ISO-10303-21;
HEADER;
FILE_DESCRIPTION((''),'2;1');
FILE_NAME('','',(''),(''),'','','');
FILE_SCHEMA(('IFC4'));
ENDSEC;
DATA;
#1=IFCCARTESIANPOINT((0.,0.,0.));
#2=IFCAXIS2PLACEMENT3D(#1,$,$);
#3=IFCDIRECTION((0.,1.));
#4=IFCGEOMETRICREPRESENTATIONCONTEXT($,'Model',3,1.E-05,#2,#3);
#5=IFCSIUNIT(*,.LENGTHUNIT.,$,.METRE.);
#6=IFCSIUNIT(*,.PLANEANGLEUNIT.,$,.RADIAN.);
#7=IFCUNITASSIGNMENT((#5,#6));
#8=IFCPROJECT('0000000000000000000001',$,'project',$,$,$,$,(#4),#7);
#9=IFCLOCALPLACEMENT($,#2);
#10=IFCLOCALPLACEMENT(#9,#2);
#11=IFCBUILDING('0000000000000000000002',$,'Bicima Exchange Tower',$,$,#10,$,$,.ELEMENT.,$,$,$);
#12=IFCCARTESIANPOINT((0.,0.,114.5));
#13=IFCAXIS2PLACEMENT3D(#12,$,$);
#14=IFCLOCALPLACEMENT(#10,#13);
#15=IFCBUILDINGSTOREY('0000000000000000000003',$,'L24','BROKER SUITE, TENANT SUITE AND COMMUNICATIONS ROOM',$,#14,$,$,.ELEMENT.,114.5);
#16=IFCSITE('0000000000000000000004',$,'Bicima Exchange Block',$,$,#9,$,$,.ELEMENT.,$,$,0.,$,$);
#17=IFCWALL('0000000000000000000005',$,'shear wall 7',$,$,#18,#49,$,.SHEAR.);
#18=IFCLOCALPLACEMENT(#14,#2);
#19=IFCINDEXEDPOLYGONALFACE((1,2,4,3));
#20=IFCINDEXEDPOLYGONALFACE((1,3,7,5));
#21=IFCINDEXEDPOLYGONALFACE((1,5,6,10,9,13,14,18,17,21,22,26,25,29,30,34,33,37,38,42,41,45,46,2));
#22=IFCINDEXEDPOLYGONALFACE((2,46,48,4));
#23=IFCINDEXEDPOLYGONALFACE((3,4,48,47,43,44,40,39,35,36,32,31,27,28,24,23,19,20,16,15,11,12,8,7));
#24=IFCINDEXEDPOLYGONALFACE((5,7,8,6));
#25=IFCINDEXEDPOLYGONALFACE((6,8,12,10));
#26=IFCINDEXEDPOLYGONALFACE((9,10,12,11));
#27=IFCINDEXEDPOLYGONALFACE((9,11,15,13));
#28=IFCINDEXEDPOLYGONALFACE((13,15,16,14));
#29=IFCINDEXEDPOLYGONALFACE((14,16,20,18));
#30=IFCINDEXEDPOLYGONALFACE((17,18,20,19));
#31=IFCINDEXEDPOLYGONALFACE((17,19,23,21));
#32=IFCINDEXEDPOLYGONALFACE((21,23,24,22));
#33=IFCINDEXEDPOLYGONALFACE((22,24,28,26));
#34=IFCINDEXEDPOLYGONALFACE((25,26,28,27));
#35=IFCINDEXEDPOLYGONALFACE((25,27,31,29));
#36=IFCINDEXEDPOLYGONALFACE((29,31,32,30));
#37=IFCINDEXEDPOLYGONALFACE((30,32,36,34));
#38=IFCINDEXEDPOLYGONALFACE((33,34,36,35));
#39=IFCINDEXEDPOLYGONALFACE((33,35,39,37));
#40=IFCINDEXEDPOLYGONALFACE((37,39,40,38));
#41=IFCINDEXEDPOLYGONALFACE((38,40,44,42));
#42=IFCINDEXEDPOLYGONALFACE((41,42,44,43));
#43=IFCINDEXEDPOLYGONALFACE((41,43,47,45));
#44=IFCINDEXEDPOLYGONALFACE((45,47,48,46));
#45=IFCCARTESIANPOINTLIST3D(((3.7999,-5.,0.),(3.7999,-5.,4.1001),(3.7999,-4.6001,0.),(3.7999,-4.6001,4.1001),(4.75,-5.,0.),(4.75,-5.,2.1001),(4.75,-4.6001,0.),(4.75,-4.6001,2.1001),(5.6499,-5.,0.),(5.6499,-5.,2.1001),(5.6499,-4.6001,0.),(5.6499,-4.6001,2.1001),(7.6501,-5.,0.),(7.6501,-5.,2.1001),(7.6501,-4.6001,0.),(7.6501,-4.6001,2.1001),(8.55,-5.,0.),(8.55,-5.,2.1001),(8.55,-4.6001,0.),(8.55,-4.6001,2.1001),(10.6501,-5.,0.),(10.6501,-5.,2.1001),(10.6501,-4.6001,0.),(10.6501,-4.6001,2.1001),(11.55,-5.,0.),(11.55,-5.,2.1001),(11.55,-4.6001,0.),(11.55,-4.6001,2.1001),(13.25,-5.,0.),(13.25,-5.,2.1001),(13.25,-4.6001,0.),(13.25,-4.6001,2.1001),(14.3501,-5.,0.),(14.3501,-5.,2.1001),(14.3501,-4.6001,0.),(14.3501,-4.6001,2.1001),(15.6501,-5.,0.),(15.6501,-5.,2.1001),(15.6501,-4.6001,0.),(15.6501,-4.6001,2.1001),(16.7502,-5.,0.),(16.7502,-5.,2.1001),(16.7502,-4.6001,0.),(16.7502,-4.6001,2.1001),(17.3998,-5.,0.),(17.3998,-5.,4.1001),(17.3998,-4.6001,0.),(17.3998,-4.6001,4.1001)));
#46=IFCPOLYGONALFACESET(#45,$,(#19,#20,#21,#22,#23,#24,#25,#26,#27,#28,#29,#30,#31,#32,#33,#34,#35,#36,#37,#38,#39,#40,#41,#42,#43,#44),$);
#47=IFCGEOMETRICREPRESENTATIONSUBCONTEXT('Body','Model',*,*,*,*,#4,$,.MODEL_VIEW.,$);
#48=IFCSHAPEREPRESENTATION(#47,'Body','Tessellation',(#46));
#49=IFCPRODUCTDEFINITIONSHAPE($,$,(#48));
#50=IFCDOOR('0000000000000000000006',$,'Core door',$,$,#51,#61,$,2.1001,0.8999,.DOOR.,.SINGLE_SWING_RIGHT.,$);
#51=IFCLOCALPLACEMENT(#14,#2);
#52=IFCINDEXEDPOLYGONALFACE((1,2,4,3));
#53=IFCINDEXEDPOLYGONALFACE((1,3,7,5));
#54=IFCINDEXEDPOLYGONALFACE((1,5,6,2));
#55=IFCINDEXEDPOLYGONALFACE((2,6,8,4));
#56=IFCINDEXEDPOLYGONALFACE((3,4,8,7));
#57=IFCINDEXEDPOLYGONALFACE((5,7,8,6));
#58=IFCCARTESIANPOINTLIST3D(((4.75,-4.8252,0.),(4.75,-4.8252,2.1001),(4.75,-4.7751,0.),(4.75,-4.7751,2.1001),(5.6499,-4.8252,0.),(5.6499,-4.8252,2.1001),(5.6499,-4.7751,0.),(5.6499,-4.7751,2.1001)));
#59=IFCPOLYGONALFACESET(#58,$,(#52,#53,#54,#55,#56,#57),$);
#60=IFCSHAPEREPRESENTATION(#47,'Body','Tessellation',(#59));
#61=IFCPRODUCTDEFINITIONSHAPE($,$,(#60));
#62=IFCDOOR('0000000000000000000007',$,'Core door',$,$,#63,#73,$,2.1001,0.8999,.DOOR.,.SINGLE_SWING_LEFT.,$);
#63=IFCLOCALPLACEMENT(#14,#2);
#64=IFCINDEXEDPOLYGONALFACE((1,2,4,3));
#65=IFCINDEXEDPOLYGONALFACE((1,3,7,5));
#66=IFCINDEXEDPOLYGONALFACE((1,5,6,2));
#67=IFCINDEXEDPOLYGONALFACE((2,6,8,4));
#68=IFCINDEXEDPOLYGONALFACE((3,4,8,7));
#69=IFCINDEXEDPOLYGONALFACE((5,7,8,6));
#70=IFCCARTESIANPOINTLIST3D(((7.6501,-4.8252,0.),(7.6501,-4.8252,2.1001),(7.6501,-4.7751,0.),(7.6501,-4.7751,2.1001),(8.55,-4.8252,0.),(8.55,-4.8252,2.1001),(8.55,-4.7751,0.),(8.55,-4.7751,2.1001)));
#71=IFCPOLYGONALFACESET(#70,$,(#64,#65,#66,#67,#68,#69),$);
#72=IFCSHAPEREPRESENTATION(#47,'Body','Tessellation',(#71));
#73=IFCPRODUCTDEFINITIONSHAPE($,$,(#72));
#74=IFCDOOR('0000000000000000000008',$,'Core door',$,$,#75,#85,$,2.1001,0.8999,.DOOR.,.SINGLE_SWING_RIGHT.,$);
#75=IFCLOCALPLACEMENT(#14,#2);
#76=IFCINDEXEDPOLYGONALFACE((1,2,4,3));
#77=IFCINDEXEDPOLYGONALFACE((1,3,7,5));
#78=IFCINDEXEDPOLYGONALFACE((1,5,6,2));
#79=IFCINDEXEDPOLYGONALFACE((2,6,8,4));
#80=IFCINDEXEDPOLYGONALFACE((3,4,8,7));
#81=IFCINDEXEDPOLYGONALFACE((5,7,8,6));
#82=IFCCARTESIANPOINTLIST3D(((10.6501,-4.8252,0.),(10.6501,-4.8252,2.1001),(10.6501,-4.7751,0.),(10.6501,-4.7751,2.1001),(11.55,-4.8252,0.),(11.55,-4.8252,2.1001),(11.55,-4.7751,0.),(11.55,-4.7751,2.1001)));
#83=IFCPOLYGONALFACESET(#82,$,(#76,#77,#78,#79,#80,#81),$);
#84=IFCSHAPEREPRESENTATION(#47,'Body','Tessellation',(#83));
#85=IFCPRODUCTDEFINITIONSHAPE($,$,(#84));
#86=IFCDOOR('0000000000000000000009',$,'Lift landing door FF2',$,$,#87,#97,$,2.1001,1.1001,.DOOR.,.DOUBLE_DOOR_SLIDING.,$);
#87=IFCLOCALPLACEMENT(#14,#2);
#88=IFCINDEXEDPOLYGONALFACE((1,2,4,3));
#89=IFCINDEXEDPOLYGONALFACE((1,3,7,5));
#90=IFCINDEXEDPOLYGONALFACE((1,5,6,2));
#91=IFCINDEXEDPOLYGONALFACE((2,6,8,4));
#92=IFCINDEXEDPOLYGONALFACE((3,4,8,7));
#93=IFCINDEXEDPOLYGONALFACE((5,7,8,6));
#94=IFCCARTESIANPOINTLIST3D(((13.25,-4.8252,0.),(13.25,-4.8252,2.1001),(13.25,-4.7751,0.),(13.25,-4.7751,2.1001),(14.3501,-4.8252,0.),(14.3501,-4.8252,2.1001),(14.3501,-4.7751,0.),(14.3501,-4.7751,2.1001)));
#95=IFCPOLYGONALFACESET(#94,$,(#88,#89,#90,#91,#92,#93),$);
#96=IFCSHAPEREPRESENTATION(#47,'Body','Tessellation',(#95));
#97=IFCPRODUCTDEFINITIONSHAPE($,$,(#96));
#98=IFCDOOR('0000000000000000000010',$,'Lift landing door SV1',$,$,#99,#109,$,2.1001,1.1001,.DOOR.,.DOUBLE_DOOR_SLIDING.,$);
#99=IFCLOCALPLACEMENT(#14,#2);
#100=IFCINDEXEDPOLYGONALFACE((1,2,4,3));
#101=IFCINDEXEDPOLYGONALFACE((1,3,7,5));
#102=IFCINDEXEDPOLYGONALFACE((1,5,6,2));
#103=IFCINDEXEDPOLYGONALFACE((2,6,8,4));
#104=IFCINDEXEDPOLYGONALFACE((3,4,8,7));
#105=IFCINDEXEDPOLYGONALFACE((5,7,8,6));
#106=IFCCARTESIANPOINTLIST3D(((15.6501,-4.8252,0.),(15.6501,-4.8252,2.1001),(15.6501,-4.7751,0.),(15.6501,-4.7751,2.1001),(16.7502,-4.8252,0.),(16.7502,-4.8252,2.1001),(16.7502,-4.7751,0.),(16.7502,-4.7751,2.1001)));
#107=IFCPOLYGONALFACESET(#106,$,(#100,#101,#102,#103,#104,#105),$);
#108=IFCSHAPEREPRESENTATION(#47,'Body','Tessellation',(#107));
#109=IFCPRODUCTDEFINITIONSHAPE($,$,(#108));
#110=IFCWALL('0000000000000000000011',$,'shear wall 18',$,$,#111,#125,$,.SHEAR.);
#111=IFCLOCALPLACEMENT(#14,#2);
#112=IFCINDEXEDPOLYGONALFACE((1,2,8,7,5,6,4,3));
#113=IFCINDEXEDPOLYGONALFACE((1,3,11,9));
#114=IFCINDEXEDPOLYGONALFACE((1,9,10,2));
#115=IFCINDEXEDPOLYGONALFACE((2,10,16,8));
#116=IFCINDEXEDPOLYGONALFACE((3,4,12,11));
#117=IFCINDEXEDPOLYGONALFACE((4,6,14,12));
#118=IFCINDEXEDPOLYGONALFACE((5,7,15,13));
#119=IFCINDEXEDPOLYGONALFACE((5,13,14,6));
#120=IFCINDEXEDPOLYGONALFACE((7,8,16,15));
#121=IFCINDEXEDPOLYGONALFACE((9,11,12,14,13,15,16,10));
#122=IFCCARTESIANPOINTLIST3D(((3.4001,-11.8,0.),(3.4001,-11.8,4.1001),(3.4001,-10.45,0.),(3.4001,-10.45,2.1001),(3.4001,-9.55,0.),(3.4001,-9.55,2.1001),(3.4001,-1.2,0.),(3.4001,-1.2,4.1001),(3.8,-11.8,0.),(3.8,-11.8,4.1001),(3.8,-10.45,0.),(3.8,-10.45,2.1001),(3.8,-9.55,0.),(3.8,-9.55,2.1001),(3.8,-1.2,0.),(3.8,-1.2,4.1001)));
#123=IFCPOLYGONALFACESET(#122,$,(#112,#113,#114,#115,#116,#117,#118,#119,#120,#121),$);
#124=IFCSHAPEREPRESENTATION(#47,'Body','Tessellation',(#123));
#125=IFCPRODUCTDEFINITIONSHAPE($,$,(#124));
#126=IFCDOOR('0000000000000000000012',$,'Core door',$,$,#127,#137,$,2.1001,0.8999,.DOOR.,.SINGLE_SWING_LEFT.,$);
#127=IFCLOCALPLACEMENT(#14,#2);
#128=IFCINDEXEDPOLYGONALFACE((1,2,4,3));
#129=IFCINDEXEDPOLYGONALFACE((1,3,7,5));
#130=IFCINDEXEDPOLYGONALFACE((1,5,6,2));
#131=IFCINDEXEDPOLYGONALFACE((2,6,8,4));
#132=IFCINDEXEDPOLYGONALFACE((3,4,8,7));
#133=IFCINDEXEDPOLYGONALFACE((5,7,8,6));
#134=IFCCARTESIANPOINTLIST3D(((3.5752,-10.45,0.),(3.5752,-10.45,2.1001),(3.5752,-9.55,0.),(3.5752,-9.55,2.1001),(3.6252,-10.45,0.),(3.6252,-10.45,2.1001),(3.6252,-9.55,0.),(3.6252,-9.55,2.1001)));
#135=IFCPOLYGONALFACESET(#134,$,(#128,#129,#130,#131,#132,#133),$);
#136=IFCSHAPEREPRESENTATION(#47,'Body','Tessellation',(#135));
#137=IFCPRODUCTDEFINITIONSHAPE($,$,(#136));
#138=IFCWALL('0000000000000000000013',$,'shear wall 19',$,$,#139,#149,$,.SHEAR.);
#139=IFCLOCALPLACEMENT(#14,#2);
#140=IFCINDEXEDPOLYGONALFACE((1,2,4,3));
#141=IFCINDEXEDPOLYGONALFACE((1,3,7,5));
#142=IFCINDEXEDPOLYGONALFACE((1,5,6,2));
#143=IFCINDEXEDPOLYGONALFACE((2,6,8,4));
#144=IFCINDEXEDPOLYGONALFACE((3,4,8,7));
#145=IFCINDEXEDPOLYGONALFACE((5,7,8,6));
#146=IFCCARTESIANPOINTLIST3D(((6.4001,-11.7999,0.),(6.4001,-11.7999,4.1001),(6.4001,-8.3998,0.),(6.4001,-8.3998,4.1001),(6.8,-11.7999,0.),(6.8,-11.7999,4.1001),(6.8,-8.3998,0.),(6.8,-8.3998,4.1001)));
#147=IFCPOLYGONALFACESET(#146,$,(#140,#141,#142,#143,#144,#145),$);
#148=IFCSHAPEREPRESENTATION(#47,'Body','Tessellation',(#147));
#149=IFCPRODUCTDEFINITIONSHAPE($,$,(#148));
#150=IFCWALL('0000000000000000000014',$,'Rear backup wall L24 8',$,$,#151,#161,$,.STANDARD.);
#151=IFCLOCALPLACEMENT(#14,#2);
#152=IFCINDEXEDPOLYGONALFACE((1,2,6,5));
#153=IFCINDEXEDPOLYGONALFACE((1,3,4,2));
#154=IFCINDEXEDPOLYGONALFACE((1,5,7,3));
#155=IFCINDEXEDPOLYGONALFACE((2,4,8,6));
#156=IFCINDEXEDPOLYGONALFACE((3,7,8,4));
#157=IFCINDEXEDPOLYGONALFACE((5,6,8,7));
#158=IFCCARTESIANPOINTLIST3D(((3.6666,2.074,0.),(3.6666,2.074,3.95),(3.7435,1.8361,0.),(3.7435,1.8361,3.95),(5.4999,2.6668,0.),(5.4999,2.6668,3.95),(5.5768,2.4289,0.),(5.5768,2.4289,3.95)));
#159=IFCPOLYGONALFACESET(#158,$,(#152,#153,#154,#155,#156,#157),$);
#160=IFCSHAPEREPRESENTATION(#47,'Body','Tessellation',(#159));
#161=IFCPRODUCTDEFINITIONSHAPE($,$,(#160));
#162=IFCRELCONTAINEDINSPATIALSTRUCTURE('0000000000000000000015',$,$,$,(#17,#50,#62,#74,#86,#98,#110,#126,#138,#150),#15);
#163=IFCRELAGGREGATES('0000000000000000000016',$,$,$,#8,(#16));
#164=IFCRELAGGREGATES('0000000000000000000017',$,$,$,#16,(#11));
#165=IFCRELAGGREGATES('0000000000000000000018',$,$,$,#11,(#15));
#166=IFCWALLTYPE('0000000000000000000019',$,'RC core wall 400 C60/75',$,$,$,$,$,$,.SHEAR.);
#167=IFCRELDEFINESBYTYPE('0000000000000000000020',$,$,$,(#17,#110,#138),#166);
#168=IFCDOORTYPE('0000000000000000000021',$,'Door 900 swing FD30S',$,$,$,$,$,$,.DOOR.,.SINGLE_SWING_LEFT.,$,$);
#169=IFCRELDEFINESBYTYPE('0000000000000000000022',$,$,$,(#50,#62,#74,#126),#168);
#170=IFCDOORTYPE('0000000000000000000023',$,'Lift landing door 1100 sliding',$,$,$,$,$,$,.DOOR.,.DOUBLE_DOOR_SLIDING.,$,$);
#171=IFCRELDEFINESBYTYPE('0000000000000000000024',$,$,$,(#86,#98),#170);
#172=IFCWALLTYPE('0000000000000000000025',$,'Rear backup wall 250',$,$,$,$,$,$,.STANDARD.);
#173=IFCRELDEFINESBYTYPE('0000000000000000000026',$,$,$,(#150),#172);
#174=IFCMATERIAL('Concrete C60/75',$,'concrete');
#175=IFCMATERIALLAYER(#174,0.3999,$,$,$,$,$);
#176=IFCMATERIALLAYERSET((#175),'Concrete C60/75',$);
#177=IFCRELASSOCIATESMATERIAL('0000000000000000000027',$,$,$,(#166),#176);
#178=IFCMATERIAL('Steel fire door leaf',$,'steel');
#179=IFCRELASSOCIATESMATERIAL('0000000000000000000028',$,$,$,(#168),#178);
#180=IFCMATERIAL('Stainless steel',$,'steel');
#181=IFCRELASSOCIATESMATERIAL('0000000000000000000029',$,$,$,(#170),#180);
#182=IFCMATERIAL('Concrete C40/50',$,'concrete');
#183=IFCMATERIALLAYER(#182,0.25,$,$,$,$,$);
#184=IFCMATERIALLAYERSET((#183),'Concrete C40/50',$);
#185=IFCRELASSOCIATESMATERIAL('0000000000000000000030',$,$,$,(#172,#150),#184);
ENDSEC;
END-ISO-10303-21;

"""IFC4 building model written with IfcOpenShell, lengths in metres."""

from ifc_helpers import new_model, si_unit, direction, frame, frame_2d, origin, place, context, subcontext, project, spatial, rectangle, extrude, material, layer, layer_set, layer_usage, type_object, element, fill, save


model = new_model("IFC4")

# Units and contexts
model_context = context("Model", 3, precision=1e-05, world=origin(), true_north=direction((0.0, 1.0)))
body_context = subcontext(model_context, "Body", "Model", "MODEL_VIEW")
ifc_project = project(units=[si_unit("LENGTHUNIT", "METRE"), si_unit("PLANEANGLEUNIT", "RADIAN")], contexts=[model_context])

# Site, building, storey
site_placement = place(None, origin())
site = spatial("IfcSite", under=ifc_project, at=site_placement, Name="Bicima Exchange Block", CompositionType="ELEMENT", RefElevation=0.0)
building_placement = place(site_placement, origin())
building = spatial("IfcBuilding", under=site, at=building_placement, Name="Bicima Exchange Tower", CompositionType="ELEMENT")
storey_placement = place(building_placement, frame((0.0, 0.0, 114.5)))
storey = spatial("IfcBuildingStorey", under=building, at=storey_placement, Name="L24", Description="BROKER SUITE, TENANT SUITE AND COMMUNICATIONS ROOM", CompositionType="ELEMENT", Elevation=114.5)

# Shared definitions
ifc_material_1 = material(Name="Concrete C40/50", Category="concrete")

# Shared definitions
ifc_material_2 = material(Name="Concrete C60/75", Category="concrete")
ifc_layer_1 = layer(ifc_material_2, 0.3999)
ifc_layer_set_1 = layer_set([ifc_layer_1], Name="Concrete C60/75")
wall_type_1 = type_object("IfcWallType", Name="RC core wall 400 C60/75", PredefinedType="SHEAR", material=ifc_layer_set_1)
ifc_material_3 = material(Name="Steel fire door leaf", Category="steel")
door_type_1 = type_object("IfcDoorType", Name="Door 900 swing FD30S", OperationType="SINGLE_SWING_LEFT", PredefinedType="DOOR", material=ifc_material_3)

# Wall, openings, doors
wall_1_placement = place(storey_placement, frame((3.8, -4.8, 0.0), z_axis=(0.0, 0.0, 1.0), x_axis=(1.0, 0.0, 0.0)))
wall_1 = element("IfcWall", 1, at=wall_1_placement, inside=storey, type_object=wall_type_1, Name="shear wall 7", PredefinedType="SHEAR", context=body_context, shape_type="SweptSolid", body=[
    extrude(rectangle(XDim=13.5999, YDim=0.3999, at=frame_2d((6.7998, 0.0))), origin(), (0.0, 0.0, 1.0), 4.1001),
])
opening_1_placement = place(wall_1_placement, frame((9.45, 0.0, 0.0)))
opening_1 = element("IfcOpeningElement", 2, at=opening_1_placement, cuts=wall_1, PredefinedType="OPENING", context=body_context, shape_type="SweptSolid", body=[
    extrude(rectangle(XDim=1.1001, YDim=2.1001, at=frame_2d((0.55, 1.05))), frame((0.0, 0.2119, 0.0), z_axis=(0.0, -1.0, 0.0), x_axis=(1.0, 0.0, 0.0)), (0.0, 0.0, 1.0), 0.4238),
])
opening_2_placement = place(wall_1_placement, frame((11.8501, 0.0, 0.0)))
opening_2 = element("IfcOpeningElement", 3, at=opening_2_placement, cuts=wall_1, PredefinedType="OPENING", context=body_context, shape_type="SweptSolid", body=[
    extrude(rectangle(XDim=1.1001, YDim=2.1001, at=frame_2d((0.55, 1.05))), frame((0.0, 0.2119, 0.0), z_axis=(0.0, -1.0, 0.0), x_axis=(1.0, 0.0, 0.0)), (0.0, 0.0, 1.0), 0.4238),
])
opening_3_placement = place(wall_1_placement, frame((0.95, 0.0, 0.0)))
opening_3 = element("IfcOpeningElement", 4, at=opening_3_placement, cuts=wall_1, PredefinedType="OPENING", context=body_context, shape_type="SweptSolid", body=[
    extrude(rectangle(XDim=0.8999, YDim=2.1001, at=frame_2d((0.45, 1.05))), frame((0.0, 0.2119, 0.0), z_axis=(0.0, -1.0, 0.0), x_axis=(1.0, 0.0, 0.0)), (0.0, 0.0, 1.0), 0.4238),
])
opening_4_placement = place(wall_1_placement, frame((3.8501, 0.0, 0.0)))
opening_4 = element("IfcOpeningElement", 5, at=opening_4_placement, cuts=wall_1, PredefinedType="OPENING", context=body_context, shape_type="SweptSolid", body=[
    extrude(rectangle(XDim=0.8999, YDim=2.1001, at=frame_2d((0.45, 1.05))), frame((0.0, 0.2119, 0.0), z_axis=(0.0, -1.0, 0.0), x_axis=(1.0, 0.0, 0.0)), (0.0, 0.0, 1.0), 0.4238),
])
opening_5_placement = place(wall_1_placement, frame((6.8501, 0.0, 0.0)))
opening_5 = element("IfcOpeningElement", 6, at=opening_5_placement, cuts=wall_1, PredefinedType="OPENING", context=body_context, shape_type="SweptSolid", body=[
    extrude(rectangle(XDim=0.8999, YDim=2.1001, at=frame_2d((0.45, 1.05))), frame((0.0, 0.2119, 0.0), z_axis=(0.0, -1.0, 0.0), x_axis=(1.0, 0.0, 0.0)), (0.0, 0.0, 1.0), 0.4238),
])
door_1_placement = place(opening_3_placement, origin())
door_1 = element("IfcDoor", 7, at=door_1_placement, inside=storey, type_object=door_type_1, Name="Core door", OperationType="SINGLE_SWING_RIGHT", OverallHeight=2.1001, OverallWidth=0.8999, PredefinedType="DOOR", context=body_context, shape_type="SweptSolid", body=[
    extrude(rectangle(XDim=0.8999, YDim=2.1001, at=frame_2d((0.45, 1.05))), frame((0.0, 0.0249, 0.0), z_axis=(0.0, -1.0, 0.0), x_axis=(1.0, 0.0, 0.0)), (0.0, 0.0, 1.0), 0.05),
])
fill(opening_3, door_1)
door_2_placement = place(opening_4_placement, origin())
door_2 = element("IfcDoor", 8, at=door_2_placement, inside=storey, type_object=door_type_1, Name="Core door", OperationType="SINGLE_SWING_LEFT", OverallHeight=2.1001, OverallWidth=0.8999, PredefinedType="DOOR", context=body_context, shape_type="SweptSolid", body=[
    extrude(rectangle(XDim=0.8999, YDim=2.1001, at=frame_2d((0.45, 1.05))), frame((0.0, 0.0249, 0.0), z_axis=(0.0, -1.0, 0.0), x_axis=(1.0, 0.0, 0.0)), (0.0, 0.0, 1.0), 0.05),
])
fill(opening_4, door_2)
door_3_placement = place(opening_5_placement, origin())
door_3 = element("IfcDoor", 9, at=door_3_placement, inside=storey, type_object=door_type_1, Name="Core door", OperationType="SINGLE_SWING_RIGHT", OverallHeight=2.1001, OverallWidth=0.8999, PredefinedType="DOOR", context=body_context, shape_type="SweptSolid", body=[
    extrude(rectangle(XDim=0.8999, YDim=2.1001, at=frame_2d((0.45, 1.05))), frame((0.0, 0.0249, 0.0), z_axis=(0.0, -1.0, 0.0), x_axis=(1.0, 0.0, 0.0)), (0.0, 0.0, 1.0), 0.05),
])
fill(opening_5, door_3)
ifc_material_4 = material(Name="Stainless steel", Category="steel")
door_type_2 = type_object("IfcDoorType", Name="Lift landing door 1100 sliding", OperationType="DOUBLE_DOOR_SLIDING", PredefinedType="DOOR", material=ifc_material_4)
door_4_placement = place(opening_1_placement, origin())
door_4 = element("IfcDoor", 10, at=door_4_placement, inside=storey, type_object=door_type_2, Name="Lift landing door FF2", OperationType="DOUBLE_DOOR_SLIDING", OverallHeight=2.1001, OverallWidth=1.1001, PredefinedType="DOOR", context=body_context, shape_type="SweptSolid", body=[
    extrude(rectangle(XDim=1.1001, YDim=2.1001, at=frame_2d((0.55, 1.05))), frame((0.0, 0.0249, 0.0), z_axis=(0.0, -1.0, 0.0), x_axis=(1.0, 0.0, 0.0)), (0.0, 0.0, 1.0), 0.05),
])
fill(opening_1, door_4)
door_5_placement = place(opening_2_placement, origin())
door_5 = element("IfcDoor", 11, at=door_5_placement, inside=storey, type_object=door_type_2, Name="Lift landing door SV1", OperationType="DOUBLE_DOOR_SLIDING", OverallHeight=2.1001, OverallWidth=1.1001, PredefinedType="DOOR", context=body_context, shape_type="SweptSolid", body=[
    extrude(rectangle(XDim=1.1001, YDim=2.1001, at=frame_2d((0.55, 1.05))), frame((0.0, 0.0249, 0.0), z_axis=(0.0, -1.0, 0.0), x_axis=(1.0, 0.0, 0.0)), (0.0, 0.0, 1.0), 0.05),
])
fill(opening_2, door_5)

# Wall, opening, door
wall_2_placement = place(storey_placement, frame((3.6001, -11.8, 0.0), z_axis=(0.0, 0.0, 1.0), x_axis=(0.0, 1.0, 0.0)))
wall_2 = element("IfcWall", 12, at=wall_2_placement, inside=storey, type_object=wall_type_1, Name="shear wall 18", PredefinedType="SHEAR", context=body_context, shape_type="SweptSolid", body=[
    extrude(rectangle(XDim=10.6001, YDim=0.3999, at=frame_2d((5.3, 0.0))), origin(), (0.0, 0.0, 1.0), 4.1001),
])
opening_6_placement = place(wall_2_placement, frame((1.3501, 0.0, 0.0)))
opening_6 = element("IfcOpeningElement", 13, at=opening_6_placement, cuts=wall_2, PredefinedType="OPENING", context=body_context, shape_type="SweptSolid", body=[
    extrude(rectangle(XDim=0.8999, YDim=2.1001, at=frame_2d((0.45, 1.05))), frame((0.0, 0.2119, 0.0), z_axis=(0.0, -1.0, 0.0), x_axis=(1.0, 0.0, 0.0)), (0.0, 0.0, 1.0), 0.4238),
])
door_6_placement = place(opening_6_placement, origin())
door_6 = element("IfcDoor", 14, at=door_6_placement, inside=storey, type_object=door_type_1, Name="Core door", OperationType="SINGLE_SWING_LEFT", OverallHeight=2.1001, OverallWidth=0.8999, PredefinedType="DOOR", context=body_context, shape_type="SweptSolid", body=[
    extrude(rectangle(XDim=0.8999, YDim=2.1001, at=frame_2d((0.45, 1.05))), frame((0.0, 0.0249, 0.0), z_axis=(0.0, -1.0, 0.0), x_axis=(1.0, 0.0, 0.0)), (0.0, 0.0, 1.0), 0.05),
])
fill(opening_6, door_6)

# Walls
wall_3_placement = place(storey_placement, frame((6.6001, -11.8, 0.0), z_axis=(0.0, 0.0, 1.0), x_axis=(0.0, 1.0, 0.0)))
element("IfcWall", 15, at=wall_3_placement, inside=storey, type_object=wall_type_1, Name="shear wall 19", PredefinedType="SHEAR", context=body_context, shape_type="SweptSolid", body=[
    extrude(rectangle(XDim=3.4001, YDim=0.3999, at=frame_2d((1.7002, 0.0))), origin(), (0.0, 0.0, 1.0), 4.1001),
])
ifc_layer_2 = layer(ifc_material_1, 0.25)
ifc_layer_set_2 = layer_set([ifc_layer_2], Name="Concrete C40/50")
ifc_layer_usage = layer_usage(ifc_layer_set_2, "AXIS2", "POSITIVE", -0.125)
wall_type_2 = type_object("IfcWallType", Name="Rear backup wall 250", PredefinedType="STANDARD", material=ifc_layer_set_2)
wall_4_placement = place(storey_placement, frame((5.5383, 2.5479, 0.0), z_axis=(0.0, 0.0, 1.0), x_axis=(-0.951496, -0.307662, 0.0)))
element("IfcWall", 16, at=wall_4_placement, inside=storey, type_object=wall_type_2, material=ifc_layer_usage, Name="Rear backup wall L24 8", PredefinedType="STANDARD", context=body_context, shape_type="SweptSolid", body=[
    extrude(rectangle(XDim=1.9268, YDim=0.25, at=frame_2d((0.9634, 0.0))), origin(), (0.0, 0.0, 1.0), 3.95),
])

save(model, "model.ifc")
